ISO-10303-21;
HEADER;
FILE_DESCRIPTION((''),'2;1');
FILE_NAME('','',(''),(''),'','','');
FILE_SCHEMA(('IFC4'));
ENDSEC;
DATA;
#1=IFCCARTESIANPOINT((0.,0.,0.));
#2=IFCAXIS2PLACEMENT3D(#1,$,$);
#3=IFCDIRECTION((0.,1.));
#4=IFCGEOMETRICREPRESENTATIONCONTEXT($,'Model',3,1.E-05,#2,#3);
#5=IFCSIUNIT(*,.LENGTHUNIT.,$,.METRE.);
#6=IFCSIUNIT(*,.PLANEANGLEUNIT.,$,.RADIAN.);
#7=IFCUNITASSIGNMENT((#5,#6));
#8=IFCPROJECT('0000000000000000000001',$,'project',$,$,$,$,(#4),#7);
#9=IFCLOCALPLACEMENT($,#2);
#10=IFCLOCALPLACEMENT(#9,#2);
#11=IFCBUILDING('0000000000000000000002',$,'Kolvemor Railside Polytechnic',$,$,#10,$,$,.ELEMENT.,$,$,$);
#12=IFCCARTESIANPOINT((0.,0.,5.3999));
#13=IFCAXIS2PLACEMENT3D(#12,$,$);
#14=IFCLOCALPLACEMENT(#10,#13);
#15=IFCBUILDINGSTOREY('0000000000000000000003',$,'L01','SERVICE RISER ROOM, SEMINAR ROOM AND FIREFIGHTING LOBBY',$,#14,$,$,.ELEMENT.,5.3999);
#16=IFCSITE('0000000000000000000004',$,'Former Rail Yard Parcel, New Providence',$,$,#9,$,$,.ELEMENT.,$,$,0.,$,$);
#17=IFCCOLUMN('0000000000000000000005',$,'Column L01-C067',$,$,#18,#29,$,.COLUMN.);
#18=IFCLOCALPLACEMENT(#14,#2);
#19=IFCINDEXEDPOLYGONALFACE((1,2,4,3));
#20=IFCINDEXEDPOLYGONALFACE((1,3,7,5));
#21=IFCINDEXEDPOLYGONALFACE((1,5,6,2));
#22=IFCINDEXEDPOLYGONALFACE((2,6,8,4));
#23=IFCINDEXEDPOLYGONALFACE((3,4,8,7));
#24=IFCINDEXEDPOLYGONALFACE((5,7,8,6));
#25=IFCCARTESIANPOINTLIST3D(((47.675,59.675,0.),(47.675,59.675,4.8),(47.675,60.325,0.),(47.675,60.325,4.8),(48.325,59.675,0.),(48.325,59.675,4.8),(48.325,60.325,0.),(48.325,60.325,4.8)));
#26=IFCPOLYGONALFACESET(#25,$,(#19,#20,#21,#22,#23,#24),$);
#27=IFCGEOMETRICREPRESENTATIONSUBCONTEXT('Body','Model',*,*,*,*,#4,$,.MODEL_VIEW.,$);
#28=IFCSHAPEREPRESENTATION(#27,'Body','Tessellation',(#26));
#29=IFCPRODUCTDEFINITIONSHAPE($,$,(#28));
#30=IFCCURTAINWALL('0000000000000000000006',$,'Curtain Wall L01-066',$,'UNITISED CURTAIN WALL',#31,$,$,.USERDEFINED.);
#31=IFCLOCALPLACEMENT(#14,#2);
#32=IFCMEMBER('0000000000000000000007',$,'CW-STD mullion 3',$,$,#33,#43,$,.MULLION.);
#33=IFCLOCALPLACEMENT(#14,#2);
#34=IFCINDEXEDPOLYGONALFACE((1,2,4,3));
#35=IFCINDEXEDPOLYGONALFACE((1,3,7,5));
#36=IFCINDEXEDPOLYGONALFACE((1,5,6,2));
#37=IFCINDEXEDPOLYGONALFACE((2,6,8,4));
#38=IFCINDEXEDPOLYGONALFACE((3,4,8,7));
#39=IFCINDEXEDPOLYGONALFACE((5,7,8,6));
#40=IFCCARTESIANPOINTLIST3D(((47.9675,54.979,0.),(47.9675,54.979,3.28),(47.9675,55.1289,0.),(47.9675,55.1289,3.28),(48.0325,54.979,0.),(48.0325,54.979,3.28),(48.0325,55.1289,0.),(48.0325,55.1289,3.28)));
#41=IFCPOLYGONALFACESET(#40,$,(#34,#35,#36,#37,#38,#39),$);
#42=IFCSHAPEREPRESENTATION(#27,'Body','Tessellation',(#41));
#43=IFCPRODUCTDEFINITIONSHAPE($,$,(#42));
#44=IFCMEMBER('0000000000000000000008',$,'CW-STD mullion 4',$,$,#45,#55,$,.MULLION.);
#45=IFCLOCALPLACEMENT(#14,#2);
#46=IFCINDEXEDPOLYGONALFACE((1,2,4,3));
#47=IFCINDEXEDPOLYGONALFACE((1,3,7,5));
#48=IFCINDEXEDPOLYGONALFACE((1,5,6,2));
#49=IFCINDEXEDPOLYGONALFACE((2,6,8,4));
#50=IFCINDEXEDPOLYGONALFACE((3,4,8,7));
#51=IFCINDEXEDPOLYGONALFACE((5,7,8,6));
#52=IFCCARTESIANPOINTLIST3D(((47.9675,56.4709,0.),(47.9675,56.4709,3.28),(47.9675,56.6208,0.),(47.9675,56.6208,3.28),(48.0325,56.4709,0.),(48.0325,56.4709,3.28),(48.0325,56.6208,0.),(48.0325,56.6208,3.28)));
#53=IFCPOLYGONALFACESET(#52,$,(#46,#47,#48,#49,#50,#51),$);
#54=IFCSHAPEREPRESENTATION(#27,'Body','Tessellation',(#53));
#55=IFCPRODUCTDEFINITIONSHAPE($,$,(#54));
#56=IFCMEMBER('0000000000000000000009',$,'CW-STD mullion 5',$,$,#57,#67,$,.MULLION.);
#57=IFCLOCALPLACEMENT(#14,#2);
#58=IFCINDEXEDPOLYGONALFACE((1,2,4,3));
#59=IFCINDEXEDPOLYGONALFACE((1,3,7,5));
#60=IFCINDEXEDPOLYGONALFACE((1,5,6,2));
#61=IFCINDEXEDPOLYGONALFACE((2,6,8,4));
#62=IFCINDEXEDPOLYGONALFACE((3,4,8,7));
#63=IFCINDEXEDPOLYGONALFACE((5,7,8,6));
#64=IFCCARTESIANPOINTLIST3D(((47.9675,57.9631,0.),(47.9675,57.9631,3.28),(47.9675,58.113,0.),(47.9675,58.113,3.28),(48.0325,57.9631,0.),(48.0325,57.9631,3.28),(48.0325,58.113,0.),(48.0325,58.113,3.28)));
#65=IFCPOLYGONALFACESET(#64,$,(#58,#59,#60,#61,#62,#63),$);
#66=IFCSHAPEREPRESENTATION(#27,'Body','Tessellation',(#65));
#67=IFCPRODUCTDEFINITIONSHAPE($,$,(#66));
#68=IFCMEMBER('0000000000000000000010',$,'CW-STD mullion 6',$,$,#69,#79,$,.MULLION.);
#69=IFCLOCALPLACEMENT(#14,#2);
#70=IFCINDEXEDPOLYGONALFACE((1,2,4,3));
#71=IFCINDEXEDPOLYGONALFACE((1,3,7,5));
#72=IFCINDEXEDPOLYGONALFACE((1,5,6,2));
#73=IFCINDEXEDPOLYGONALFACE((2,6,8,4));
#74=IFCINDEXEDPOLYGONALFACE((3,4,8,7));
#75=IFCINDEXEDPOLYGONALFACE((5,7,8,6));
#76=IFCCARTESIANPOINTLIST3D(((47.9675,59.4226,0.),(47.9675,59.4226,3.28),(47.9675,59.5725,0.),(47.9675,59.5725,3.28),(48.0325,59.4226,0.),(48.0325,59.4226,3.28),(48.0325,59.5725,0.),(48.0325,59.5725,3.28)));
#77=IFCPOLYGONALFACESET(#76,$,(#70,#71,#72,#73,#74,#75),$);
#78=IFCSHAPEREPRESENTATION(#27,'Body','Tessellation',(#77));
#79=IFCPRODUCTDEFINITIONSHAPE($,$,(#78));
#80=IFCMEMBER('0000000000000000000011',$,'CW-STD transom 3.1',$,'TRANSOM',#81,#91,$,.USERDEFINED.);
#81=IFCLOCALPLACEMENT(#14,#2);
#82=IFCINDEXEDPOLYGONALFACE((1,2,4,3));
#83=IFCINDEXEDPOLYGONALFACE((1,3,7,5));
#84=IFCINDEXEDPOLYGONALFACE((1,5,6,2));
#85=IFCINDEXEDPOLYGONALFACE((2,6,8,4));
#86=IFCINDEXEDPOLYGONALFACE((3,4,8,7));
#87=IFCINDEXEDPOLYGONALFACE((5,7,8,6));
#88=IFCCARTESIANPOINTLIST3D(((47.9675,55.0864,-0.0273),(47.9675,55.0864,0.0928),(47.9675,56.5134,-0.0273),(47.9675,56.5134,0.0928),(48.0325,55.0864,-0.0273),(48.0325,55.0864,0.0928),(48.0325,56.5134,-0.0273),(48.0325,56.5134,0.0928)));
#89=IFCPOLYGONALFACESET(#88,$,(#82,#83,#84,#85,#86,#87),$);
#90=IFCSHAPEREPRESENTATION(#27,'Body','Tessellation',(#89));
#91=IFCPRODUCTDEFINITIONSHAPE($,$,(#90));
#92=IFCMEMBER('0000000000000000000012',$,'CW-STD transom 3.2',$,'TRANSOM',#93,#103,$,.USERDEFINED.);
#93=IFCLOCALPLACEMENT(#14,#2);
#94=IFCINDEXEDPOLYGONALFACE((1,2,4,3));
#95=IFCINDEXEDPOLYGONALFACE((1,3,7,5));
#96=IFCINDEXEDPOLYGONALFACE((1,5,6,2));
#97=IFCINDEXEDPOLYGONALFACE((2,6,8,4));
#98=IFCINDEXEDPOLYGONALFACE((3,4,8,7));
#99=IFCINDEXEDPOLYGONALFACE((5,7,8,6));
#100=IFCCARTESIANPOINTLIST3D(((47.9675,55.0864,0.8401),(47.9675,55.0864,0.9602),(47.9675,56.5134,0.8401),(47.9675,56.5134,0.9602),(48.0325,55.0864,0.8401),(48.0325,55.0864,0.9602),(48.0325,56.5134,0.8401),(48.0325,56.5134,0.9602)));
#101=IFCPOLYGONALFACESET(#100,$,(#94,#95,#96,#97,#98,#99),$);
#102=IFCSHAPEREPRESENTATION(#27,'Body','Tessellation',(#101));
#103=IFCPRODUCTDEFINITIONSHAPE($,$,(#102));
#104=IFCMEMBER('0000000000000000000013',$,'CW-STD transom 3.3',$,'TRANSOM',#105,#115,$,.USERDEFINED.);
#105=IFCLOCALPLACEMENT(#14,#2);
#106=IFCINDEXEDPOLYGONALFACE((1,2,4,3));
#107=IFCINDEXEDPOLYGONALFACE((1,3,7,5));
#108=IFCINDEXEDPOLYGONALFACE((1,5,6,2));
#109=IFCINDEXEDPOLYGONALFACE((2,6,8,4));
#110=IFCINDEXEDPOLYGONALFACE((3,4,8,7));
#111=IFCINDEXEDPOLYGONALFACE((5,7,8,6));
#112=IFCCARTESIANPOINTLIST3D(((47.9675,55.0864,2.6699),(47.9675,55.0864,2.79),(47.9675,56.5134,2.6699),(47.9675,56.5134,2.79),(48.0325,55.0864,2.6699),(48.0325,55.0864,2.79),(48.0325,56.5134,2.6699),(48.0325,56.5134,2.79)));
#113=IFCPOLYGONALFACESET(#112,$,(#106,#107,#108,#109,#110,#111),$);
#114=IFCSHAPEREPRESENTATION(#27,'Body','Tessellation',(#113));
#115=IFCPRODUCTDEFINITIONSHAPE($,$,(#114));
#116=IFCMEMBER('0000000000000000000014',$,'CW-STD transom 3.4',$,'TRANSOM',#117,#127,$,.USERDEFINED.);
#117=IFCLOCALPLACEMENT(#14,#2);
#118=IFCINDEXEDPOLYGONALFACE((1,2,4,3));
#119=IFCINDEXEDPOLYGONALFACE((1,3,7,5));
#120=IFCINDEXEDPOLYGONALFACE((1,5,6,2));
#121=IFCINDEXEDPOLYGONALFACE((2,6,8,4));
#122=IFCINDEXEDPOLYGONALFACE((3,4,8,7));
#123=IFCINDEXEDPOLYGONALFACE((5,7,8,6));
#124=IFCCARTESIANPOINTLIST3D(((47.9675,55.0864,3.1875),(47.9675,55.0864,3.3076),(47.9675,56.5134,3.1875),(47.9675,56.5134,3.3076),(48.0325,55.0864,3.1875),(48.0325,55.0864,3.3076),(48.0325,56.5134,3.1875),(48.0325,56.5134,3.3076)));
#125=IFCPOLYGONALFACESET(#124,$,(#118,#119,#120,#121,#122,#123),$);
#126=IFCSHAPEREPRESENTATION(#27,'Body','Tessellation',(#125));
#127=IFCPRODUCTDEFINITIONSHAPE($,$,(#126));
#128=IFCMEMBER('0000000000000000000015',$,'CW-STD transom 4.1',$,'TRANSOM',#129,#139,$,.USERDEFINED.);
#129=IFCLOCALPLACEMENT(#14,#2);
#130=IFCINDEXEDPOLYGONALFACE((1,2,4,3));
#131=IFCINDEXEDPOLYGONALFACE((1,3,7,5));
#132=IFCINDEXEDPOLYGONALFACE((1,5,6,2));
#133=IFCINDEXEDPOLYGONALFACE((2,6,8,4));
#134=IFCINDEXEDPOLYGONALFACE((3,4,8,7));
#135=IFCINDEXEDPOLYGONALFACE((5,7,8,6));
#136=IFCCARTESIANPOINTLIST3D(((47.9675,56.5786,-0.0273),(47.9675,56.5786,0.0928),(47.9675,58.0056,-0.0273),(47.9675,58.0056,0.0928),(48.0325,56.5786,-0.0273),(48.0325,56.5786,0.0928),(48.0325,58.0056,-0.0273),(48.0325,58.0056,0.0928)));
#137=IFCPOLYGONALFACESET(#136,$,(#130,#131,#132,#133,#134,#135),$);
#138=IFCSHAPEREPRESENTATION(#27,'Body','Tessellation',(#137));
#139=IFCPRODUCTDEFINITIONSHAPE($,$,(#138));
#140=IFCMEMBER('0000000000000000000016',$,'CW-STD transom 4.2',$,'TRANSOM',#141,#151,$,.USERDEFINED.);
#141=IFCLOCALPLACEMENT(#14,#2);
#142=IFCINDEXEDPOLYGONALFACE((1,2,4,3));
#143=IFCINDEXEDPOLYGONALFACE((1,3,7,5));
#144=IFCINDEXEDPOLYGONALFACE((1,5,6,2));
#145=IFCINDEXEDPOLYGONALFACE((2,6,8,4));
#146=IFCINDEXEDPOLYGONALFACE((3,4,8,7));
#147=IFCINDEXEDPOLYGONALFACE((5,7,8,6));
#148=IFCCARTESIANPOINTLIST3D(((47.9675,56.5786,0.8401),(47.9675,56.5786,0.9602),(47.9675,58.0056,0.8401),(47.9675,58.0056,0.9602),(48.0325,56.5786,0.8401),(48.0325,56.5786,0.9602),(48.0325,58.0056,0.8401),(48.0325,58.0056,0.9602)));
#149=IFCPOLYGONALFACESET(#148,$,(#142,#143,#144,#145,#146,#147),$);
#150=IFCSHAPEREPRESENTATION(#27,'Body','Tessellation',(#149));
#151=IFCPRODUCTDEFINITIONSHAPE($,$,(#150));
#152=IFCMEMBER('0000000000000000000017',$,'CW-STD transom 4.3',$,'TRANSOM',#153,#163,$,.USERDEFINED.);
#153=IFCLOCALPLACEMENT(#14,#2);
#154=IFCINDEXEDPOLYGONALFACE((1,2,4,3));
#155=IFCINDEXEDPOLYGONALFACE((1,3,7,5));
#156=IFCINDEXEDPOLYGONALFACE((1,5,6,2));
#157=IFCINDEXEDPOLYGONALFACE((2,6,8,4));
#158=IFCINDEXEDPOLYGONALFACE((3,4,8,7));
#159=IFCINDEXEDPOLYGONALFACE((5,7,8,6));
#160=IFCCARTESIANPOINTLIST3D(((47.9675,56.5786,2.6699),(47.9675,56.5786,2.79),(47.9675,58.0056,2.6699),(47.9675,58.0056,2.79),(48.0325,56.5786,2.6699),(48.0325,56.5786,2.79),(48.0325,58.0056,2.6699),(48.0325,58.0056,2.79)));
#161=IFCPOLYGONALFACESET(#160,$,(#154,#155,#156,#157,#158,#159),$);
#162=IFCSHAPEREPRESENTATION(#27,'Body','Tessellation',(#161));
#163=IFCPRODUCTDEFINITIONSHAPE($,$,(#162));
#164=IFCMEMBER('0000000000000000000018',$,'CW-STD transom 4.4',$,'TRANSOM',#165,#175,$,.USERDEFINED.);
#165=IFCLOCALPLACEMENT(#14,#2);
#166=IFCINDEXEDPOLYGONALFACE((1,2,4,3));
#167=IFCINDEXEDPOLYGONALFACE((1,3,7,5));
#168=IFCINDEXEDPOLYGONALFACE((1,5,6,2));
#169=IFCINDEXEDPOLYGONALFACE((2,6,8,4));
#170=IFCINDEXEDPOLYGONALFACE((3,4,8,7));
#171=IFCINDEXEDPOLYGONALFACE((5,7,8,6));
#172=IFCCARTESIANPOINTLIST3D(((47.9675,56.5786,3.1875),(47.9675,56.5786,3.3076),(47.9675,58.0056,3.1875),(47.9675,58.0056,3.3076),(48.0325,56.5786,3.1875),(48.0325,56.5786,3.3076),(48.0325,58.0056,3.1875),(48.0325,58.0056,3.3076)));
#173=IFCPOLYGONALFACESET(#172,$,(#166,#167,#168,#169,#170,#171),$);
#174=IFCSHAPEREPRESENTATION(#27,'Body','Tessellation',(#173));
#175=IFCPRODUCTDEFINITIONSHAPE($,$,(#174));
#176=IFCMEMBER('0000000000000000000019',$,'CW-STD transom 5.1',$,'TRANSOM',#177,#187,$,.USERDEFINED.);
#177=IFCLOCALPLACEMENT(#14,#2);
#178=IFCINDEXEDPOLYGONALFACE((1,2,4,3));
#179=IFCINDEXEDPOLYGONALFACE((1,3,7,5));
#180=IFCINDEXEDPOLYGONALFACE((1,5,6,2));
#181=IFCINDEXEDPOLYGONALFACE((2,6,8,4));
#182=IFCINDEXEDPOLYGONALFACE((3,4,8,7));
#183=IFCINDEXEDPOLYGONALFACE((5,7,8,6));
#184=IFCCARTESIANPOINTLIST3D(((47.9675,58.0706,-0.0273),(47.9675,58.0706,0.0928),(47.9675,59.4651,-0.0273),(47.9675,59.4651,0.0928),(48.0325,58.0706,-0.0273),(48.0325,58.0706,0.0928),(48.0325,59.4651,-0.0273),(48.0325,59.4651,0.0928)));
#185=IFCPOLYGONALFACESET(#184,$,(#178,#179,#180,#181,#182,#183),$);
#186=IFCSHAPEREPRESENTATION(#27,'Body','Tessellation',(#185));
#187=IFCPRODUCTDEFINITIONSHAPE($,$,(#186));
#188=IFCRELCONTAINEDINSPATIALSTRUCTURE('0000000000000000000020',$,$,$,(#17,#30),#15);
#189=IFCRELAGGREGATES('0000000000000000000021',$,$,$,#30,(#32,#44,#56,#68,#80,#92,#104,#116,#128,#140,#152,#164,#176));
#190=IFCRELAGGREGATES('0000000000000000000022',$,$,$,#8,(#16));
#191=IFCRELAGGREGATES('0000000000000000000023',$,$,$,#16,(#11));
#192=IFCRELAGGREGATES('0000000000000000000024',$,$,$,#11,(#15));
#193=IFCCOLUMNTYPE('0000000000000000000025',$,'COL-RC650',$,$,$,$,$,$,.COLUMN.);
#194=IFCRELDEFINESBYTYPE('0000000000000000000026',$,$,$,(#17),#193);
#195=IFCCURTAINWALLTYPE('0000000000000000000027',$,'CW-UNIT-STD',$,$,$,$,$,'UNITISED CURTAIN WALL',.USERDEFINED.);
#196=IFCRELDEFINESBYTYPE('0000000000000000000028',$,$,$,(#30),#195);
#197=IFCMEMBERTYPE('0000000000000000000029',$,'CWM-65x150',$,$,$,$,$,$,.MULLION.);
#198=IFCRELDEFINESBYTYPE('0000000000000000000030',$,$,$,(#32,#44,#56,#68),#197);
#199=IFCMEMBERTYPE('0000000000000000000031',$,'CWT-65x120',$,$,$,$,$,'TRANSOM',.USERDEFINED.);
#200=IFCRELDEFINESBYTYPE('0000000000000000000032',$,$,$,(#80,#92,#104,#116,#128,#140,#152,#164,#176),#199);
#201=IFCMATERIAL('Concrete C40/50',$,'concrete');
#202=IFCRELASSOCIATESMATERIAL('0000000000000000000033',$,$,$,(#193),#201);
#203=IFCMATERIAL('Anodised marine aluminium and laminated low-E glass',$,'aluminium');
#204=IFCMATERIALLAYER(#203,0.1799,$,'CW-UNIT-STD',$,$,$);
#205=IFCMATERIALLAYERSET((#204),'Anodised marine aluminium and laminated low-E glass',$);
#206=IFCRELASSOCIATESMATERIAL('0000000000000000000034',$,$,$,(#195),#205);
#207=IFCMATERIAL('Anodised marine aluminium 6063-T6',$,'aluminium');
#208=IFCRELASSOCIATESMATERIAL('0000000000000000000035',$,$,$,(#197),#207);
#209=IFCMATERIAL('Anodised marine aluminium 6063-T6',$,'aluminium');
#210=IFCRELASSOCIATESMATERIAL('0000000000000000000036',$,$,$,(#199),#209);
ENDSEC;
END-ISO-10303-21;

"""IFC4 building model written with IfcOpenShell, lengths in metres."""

from ifc_helpers import new_model, si_unit, direction, frame, origin, origin_2d, place, context, subcontext, project, spatial, rectangle, extrude, material, layer, layer_set, material_profile, profile_set, type_object, element, aggregate, save


model = new_model("IFC4")

# Units and contexts
model_context = context("Model", 3, precision=1e-05, world=origin(), true_north=direction((0.0, 1.0)))
body_context = subcontext(model_context, "Body", "Model", "MODEL_VIEW")
ifc_project = project(units=[si_unit("LENGTHUNIT", "METRE"), si_unit("PLANEANGLEUNIT", "RADIAN")], contexts=[model_context])

# Site, building, storey
site_placement = place(None, origin())
site = spatial("IfcSite", under=ifc_project, at=site_placement, Name="Former Rail Yard Parcel, New Providence", CompositionType="ELEMENT", RefElevation=0.0)
building_placement = place(site_placement, origin())
building = spatial("IfcBuilding", under=site, at=building_placement, Name="Kolvemor Railside Polytechnic", CompositionType="ELEMENT")
storey_placement = place(building_placement, frame((0.0, 0.0, 5.3999)))
storey = spatial("IfcBuildingStorey", under=building, at=storey_placement, Name="L01", Description="SERVICE RISER ROOM, SEMINAR ROOM AND FIREFIGHTING LOBBY", CompositionType="ELEMENT", Elevation=5.3999)

# Column
ifc_material_1 = material(Name="Concrete C40/50", Category="concrete")
ifc_material_profile_1 = material_profile(ifc_material_1, rectangle(XDim=0.6499, YDim=0.6499, at=origin_2d()), Name="RC650x650")
ifc_profile_set_1 = profile_set([ifc_material_profile_1], Name="Concrete C40/50")
column_type = type_object("IfcColumnType", Name="COL-RC650", PredefinedType="COLUMN", material=ifc_profile_set_1)
column_placement = place(storey_placement, frame((48.0, 60.0, 0.0), z_axis=(0.0, 0.0, 1.0), x_axis=(1.0, 0.0, 0.0)))
element("IfcColumn", 1, at=column_placement, inside=storey, type_object=column_type, Name="Column L01-C067", PredefinedType="COLUMN", context=body_context, shape_type="SweptSolid", body=[
    extrude(rectangle(XDim=0.6499, YDim=0.6499, at=origin_2d()), origin(), (0.0, 0.0, 1.0), 4.8),
])

# Curtain wall, members
ifc_material_2 = material(Name="Anodised marine aluminium and laminated low-E glass", Category="aluminium")
ifc_layer_1 = layer(ifc_material_2, 0.1799, Name="CW-UNIT-STD")
ifc_layer_set_1 = layer_set([ifc_layer_1], Name="Anodised marine aluminium and laminated low-E glass")
curtain_wall_type = type_object("IfcCurtainWallType", Name="CW-UNIT-STD", ElementType="UNITISED CURTAIN WALL", PredefinedType="USERDEFINED", material=ifc_layer_set_1)
curtain_wall_placement = place(storey_placement, origin())
curtain_wall = element("IfcCurtainWall", 2, at=curtain_wall_placement, inside=storey, type_object=curtain_wall_type, Name="Curtain Wall L01-066", ObjectType="UNITISED CURTAIN WALL", PredefinedType="USERDEFINED")
ifc_material_3 = material(Name="Anodised marine aluminium 6063-T6", Category="aluminium")
ifc_material_profile_2 = material_profile(ifc_material_3, rectangle(XDim=0.0649, YDim=0.1499, at=origin_2d()), Name="CW-MUL-65x150")
ifc_profile_set_2 = profile_set([ifc_material_profile_2], Name="Anodised marine aluminium 6063-T6")
member_type_1 = type_object("IfcMemberType", Name="CWM-65x150", PredefinedType="MULLION", material=ifc_profile_set_2)
member_1_placement = place(storey_placement, frame((48.0, 55.054, 0.0), z_axis=(0.0, 0.0, 1.0), x_axis=(-1.0, 0.0, 0.0)))
member_1 = element("IfcMember", 3, at=member_1_placement, type_object=member_type_1, Name="CW-STD mullion 3", PredefinedType="MULLION", context=body_context, shape_type="SweptSolid", body=[
    extrude(rectangle(XDim=0.0649, YDim=0.1499, at=origin_2d()), origin(), (0.0, 0.0, 1.0), 3.28),
])
member_2_placement = place(storey_placement, frame((48.0, 56.5459, 0.0), z_axis=(0.0, 0.0, 1.0), x_axis=(-1.0, 0.0, 0.0)))
member_2 = element("IfcMember", 4, at=member_2_placement, type_object=member_type_1, Name="CW-STD mullion 4", PredefinedType="MULLION", context=body_context, shape_type="SweptSolid", body=[
    extrude(rectangle(XDim=0.0649, YDim=0.1499, at=origin_2d()), origin(), (0.0, 0.0, 1.0), 3.28),
])
member_3_placement = place(storey_placement, frame((48.0, 58.0381, 0.0), z_axis=(0.0, 0.0, 1.0), x_axis=(-1.0, 0.0, 0.0)))
member_3 = element("IfcMember", 5, at=member_3_placement, type_object=member_type_1, Name="CW-STD mullion 5", PredefinedType="MULLION", context=body_context, shape_type="SweptSolid", body=[
    extrude(rectangle(XDim=0.0649, YDim=0.1499, at=origin_2d()), origin(), (0.0, 0.0, 1.0), 3.28),
])
member_4_placement = place(storey_placement, frame((48.0, 59.4976, 0.0), z_axis=(0.0, 0.0, 1.0), x_axis=(-1.0, 0.0, 0.0)))
member_4 = element("IfcMember", 6, at=member_4_placement, type_object=member_type_1, Name="CW-STD mullion 6", PredefinedType="MULLION", context=body_context, shape_type="SweptSolid", body=[
    extrude(rectangle(XDim=0.0649, YDim=0.1499, at=origin_2d()), origin(), (0.0, 0.0, 1.0), 3.28),
])
ifc_material_4 = material(Name="Anodised marine aluminium 6063-T6", Category="aluminium")
ifc_material_profile_3 = material_profile(ifc_material_4, rectangle(XDim=0.0649, YDim=0.1201, at=origin_2d()), Name="CW-TRN-65x120")
ifc_profile_set_3 = profile_set([ifc_material_profile_3], Name="Anodised marine aluminium 6063-T6")
member_type_2 = type_object("IfcMemberType", Name="CWT-65x120", ElementType="TRANSOM", PredefinedType="USERDEFINED", material=ifc_profile_set_3)
member_5_placement = place(storey_placement, frame((48.0, 55.0864, 0.0327), z_axis=(0.0, 1.0, 0.0), x_axis=(-1.0, 0.0, 0.0)))
member_5 = element("IfcMember", 7, at=member_5_placement, type_object=member_type_2, Name="CW-STD transom 3.1", ObjectType="TRANSOM", PredefinedType="USERDEFINED", context=body_context, shape_type="SweptSolid", body=[
    extrude(rectangle(XDim=0.0649, YDim=0.1201, at=origin_2d()), origin(), (0.0, 0.0, 1.0), 1.427),
])
member_6_placement = place(storey_placement, frame((48.0, 55.0864, 0.9001), z_axis=(0.0, 1.0, 0.0), x_axis=(-1.0, 0.0, 0.0)))
member_6 = element("IfcMember", 8, at=member_6_placement, type_object=member_type_2, Name="CW-STD transom 3.2", ObjectType="TRANSOM", PredefinedType="USERDEFINED", context=body_context, shape_type="SweptSolid", body=[
    extrude(rectangle(XDim=0.0649, YDim=0.1201, at=origin_2d()), origin(), (0.0, 0.0, 1.0), 1.427),
])
member_7_placement = place(storey_placement, frame((48.0, 55.0864, 2.73), z_axis=(0.0, 1.0, 0.0), x_axis=(-1.0, 0.0, 0.0)))
member_7 = element("IfcMember", 9, at=member_7_placement, type_object=member_type_2, Name="CW-STD transom 3.3", ObjectType="TRANSOM", PredefinedType="USERDEFINED", context=body_context, shape_type="SweptSolid", body=[
    extrude(rectangle(XDim=0.0649, YDim=0.1201, at=origin_2d()), origin(), (0.0, 0.0, 1.0), 1.427),
])
member_8_placement = place(storey_placement, frame((48.0, 55.0864, 3.2476), z_axis=(0.0, 1.0, 0.0), x_axis=(-1.0, 0.0, 0.0)))
member_8 = element("IfcMember", 10, at=member_8_placement, type_object=member_type_2, Name="CW-STD transom 3.4", ObjectType="TRANSOM", PredefinedType="USERDEFINED", context=body_context, shape_type="SweptSolid", body=[
    extrude(rectangle(XDim=0.0649, YDim=0.1201, at=origin_2d()), origin(), (0.0, 0.0, 1.0), 1.427),
])
member_9_placement = place(storey_placement, frame((48.0, 56.5786, 0.0327), z_axis=(0.0, 1.0, 0.0), x_axis=(-1.0, 0.0, 0.0)))
member_9 = element("IfcMember", 11, at=member_9_placement, type_object=member_type_2, Name="CW-STD transom 4.1", ObjectType="TRANSOM", PredefinedType="USERDEFINED", context=body_context, shape_type="SweptSolid", body=[
    extrude(rectangle(XDim=0.0649, YDim=0.1201, at=origin_2d()), origin(), (0.0, 0.0, 1.0), 1.427),
])
member_10_placement = place(storey_placement, frame((48.0, 56.5786, 0.9001), z_axis=(0.0, 1.0, 0.0), x_axis=(-1.0, 0.0, 0.0)))
member_10 = element("IfcMember", 12, at=member_10_placement, type_object=member_type_2, Name="CW-STD transom 4.2", ObjectType="TRANSOM", PredefinedType="USERDEFINED", context=body_context, shape_type="SweptSolid", body=[
    extrude(rectangle(XDim=0.0649, YDim=0.1201, at=origin_2d()), origin(), (0.0, 0.0, 1.0), 1.427),
])
member_11_placement = place(storey_placement, frame((48.0, 56.5786, 2.73), z_axis=(0.0, 1.0, 0.0), x_axis=(-1.0, 0.0, 0.0)))
member_11 = element("IfcMember", 13, at=member_11_placement, type_object=member_type_2, Name="CW-STD transom 4.3", ObjectType="TRANSOM", PredefinedType="USERDEFINED", context=body_context, shape_type="SweptSolid", body=[
    extrude(rectangle(XDim=0.0649, YDim=0.1201, at=origin_2d()), origin(), (0.0, 0.0, 1.0), 1.427),
])
member_12_placement = place(storey_placement, frame((48.0, 56.5786, 3.2476), z_axis=(0.0, 1.0, 0.0), x_axis=(-1.0, 0.0, 0.0)))
member_12 = element("IfcMember", 14, at=member_12_placement, type_object=member_type_2, Name="CW-STD transom 4.4", ObjectType="TRANSOM", PredefinedType="USERDEFINED", context=body_context, shape_type="SweptSolid", body=[
    extrude(rectangle(XDim=0.0649, YDim=0.1201, at=origin_2d()), origin(), (0.0, 0.0, 1.0), 1.427),
])
member_13_placement = place(storey_placement, frame((48.0, 58.0706, 0.0327), z_axis=(0.0, 1.0, 0.0), x_axis=(-1.0, 0.0, 0.0)))
member_13 = element("IfcMember", 15, at=member_13_placement, type_object=member_type_2, Name="CW-STD transom 5.1", ObjectType="TRANSOM", PredefinedType="USERDEFINED", context=body_context, shape_type="SweptSolid", body=[
    extrude(rectangle(XDim=0.0649, YDim=0.1201, at=origin_2d()), origin(), (0.0, 0.0, 1.0), 1.3945),
])
aggregate(curtain_wall, [member_1, member_2, member_3, member_4, member_5, member_6, member_7, member_8, member_9, member_10, member_11, member_12, member_13])

save(model, "model.ifc")
